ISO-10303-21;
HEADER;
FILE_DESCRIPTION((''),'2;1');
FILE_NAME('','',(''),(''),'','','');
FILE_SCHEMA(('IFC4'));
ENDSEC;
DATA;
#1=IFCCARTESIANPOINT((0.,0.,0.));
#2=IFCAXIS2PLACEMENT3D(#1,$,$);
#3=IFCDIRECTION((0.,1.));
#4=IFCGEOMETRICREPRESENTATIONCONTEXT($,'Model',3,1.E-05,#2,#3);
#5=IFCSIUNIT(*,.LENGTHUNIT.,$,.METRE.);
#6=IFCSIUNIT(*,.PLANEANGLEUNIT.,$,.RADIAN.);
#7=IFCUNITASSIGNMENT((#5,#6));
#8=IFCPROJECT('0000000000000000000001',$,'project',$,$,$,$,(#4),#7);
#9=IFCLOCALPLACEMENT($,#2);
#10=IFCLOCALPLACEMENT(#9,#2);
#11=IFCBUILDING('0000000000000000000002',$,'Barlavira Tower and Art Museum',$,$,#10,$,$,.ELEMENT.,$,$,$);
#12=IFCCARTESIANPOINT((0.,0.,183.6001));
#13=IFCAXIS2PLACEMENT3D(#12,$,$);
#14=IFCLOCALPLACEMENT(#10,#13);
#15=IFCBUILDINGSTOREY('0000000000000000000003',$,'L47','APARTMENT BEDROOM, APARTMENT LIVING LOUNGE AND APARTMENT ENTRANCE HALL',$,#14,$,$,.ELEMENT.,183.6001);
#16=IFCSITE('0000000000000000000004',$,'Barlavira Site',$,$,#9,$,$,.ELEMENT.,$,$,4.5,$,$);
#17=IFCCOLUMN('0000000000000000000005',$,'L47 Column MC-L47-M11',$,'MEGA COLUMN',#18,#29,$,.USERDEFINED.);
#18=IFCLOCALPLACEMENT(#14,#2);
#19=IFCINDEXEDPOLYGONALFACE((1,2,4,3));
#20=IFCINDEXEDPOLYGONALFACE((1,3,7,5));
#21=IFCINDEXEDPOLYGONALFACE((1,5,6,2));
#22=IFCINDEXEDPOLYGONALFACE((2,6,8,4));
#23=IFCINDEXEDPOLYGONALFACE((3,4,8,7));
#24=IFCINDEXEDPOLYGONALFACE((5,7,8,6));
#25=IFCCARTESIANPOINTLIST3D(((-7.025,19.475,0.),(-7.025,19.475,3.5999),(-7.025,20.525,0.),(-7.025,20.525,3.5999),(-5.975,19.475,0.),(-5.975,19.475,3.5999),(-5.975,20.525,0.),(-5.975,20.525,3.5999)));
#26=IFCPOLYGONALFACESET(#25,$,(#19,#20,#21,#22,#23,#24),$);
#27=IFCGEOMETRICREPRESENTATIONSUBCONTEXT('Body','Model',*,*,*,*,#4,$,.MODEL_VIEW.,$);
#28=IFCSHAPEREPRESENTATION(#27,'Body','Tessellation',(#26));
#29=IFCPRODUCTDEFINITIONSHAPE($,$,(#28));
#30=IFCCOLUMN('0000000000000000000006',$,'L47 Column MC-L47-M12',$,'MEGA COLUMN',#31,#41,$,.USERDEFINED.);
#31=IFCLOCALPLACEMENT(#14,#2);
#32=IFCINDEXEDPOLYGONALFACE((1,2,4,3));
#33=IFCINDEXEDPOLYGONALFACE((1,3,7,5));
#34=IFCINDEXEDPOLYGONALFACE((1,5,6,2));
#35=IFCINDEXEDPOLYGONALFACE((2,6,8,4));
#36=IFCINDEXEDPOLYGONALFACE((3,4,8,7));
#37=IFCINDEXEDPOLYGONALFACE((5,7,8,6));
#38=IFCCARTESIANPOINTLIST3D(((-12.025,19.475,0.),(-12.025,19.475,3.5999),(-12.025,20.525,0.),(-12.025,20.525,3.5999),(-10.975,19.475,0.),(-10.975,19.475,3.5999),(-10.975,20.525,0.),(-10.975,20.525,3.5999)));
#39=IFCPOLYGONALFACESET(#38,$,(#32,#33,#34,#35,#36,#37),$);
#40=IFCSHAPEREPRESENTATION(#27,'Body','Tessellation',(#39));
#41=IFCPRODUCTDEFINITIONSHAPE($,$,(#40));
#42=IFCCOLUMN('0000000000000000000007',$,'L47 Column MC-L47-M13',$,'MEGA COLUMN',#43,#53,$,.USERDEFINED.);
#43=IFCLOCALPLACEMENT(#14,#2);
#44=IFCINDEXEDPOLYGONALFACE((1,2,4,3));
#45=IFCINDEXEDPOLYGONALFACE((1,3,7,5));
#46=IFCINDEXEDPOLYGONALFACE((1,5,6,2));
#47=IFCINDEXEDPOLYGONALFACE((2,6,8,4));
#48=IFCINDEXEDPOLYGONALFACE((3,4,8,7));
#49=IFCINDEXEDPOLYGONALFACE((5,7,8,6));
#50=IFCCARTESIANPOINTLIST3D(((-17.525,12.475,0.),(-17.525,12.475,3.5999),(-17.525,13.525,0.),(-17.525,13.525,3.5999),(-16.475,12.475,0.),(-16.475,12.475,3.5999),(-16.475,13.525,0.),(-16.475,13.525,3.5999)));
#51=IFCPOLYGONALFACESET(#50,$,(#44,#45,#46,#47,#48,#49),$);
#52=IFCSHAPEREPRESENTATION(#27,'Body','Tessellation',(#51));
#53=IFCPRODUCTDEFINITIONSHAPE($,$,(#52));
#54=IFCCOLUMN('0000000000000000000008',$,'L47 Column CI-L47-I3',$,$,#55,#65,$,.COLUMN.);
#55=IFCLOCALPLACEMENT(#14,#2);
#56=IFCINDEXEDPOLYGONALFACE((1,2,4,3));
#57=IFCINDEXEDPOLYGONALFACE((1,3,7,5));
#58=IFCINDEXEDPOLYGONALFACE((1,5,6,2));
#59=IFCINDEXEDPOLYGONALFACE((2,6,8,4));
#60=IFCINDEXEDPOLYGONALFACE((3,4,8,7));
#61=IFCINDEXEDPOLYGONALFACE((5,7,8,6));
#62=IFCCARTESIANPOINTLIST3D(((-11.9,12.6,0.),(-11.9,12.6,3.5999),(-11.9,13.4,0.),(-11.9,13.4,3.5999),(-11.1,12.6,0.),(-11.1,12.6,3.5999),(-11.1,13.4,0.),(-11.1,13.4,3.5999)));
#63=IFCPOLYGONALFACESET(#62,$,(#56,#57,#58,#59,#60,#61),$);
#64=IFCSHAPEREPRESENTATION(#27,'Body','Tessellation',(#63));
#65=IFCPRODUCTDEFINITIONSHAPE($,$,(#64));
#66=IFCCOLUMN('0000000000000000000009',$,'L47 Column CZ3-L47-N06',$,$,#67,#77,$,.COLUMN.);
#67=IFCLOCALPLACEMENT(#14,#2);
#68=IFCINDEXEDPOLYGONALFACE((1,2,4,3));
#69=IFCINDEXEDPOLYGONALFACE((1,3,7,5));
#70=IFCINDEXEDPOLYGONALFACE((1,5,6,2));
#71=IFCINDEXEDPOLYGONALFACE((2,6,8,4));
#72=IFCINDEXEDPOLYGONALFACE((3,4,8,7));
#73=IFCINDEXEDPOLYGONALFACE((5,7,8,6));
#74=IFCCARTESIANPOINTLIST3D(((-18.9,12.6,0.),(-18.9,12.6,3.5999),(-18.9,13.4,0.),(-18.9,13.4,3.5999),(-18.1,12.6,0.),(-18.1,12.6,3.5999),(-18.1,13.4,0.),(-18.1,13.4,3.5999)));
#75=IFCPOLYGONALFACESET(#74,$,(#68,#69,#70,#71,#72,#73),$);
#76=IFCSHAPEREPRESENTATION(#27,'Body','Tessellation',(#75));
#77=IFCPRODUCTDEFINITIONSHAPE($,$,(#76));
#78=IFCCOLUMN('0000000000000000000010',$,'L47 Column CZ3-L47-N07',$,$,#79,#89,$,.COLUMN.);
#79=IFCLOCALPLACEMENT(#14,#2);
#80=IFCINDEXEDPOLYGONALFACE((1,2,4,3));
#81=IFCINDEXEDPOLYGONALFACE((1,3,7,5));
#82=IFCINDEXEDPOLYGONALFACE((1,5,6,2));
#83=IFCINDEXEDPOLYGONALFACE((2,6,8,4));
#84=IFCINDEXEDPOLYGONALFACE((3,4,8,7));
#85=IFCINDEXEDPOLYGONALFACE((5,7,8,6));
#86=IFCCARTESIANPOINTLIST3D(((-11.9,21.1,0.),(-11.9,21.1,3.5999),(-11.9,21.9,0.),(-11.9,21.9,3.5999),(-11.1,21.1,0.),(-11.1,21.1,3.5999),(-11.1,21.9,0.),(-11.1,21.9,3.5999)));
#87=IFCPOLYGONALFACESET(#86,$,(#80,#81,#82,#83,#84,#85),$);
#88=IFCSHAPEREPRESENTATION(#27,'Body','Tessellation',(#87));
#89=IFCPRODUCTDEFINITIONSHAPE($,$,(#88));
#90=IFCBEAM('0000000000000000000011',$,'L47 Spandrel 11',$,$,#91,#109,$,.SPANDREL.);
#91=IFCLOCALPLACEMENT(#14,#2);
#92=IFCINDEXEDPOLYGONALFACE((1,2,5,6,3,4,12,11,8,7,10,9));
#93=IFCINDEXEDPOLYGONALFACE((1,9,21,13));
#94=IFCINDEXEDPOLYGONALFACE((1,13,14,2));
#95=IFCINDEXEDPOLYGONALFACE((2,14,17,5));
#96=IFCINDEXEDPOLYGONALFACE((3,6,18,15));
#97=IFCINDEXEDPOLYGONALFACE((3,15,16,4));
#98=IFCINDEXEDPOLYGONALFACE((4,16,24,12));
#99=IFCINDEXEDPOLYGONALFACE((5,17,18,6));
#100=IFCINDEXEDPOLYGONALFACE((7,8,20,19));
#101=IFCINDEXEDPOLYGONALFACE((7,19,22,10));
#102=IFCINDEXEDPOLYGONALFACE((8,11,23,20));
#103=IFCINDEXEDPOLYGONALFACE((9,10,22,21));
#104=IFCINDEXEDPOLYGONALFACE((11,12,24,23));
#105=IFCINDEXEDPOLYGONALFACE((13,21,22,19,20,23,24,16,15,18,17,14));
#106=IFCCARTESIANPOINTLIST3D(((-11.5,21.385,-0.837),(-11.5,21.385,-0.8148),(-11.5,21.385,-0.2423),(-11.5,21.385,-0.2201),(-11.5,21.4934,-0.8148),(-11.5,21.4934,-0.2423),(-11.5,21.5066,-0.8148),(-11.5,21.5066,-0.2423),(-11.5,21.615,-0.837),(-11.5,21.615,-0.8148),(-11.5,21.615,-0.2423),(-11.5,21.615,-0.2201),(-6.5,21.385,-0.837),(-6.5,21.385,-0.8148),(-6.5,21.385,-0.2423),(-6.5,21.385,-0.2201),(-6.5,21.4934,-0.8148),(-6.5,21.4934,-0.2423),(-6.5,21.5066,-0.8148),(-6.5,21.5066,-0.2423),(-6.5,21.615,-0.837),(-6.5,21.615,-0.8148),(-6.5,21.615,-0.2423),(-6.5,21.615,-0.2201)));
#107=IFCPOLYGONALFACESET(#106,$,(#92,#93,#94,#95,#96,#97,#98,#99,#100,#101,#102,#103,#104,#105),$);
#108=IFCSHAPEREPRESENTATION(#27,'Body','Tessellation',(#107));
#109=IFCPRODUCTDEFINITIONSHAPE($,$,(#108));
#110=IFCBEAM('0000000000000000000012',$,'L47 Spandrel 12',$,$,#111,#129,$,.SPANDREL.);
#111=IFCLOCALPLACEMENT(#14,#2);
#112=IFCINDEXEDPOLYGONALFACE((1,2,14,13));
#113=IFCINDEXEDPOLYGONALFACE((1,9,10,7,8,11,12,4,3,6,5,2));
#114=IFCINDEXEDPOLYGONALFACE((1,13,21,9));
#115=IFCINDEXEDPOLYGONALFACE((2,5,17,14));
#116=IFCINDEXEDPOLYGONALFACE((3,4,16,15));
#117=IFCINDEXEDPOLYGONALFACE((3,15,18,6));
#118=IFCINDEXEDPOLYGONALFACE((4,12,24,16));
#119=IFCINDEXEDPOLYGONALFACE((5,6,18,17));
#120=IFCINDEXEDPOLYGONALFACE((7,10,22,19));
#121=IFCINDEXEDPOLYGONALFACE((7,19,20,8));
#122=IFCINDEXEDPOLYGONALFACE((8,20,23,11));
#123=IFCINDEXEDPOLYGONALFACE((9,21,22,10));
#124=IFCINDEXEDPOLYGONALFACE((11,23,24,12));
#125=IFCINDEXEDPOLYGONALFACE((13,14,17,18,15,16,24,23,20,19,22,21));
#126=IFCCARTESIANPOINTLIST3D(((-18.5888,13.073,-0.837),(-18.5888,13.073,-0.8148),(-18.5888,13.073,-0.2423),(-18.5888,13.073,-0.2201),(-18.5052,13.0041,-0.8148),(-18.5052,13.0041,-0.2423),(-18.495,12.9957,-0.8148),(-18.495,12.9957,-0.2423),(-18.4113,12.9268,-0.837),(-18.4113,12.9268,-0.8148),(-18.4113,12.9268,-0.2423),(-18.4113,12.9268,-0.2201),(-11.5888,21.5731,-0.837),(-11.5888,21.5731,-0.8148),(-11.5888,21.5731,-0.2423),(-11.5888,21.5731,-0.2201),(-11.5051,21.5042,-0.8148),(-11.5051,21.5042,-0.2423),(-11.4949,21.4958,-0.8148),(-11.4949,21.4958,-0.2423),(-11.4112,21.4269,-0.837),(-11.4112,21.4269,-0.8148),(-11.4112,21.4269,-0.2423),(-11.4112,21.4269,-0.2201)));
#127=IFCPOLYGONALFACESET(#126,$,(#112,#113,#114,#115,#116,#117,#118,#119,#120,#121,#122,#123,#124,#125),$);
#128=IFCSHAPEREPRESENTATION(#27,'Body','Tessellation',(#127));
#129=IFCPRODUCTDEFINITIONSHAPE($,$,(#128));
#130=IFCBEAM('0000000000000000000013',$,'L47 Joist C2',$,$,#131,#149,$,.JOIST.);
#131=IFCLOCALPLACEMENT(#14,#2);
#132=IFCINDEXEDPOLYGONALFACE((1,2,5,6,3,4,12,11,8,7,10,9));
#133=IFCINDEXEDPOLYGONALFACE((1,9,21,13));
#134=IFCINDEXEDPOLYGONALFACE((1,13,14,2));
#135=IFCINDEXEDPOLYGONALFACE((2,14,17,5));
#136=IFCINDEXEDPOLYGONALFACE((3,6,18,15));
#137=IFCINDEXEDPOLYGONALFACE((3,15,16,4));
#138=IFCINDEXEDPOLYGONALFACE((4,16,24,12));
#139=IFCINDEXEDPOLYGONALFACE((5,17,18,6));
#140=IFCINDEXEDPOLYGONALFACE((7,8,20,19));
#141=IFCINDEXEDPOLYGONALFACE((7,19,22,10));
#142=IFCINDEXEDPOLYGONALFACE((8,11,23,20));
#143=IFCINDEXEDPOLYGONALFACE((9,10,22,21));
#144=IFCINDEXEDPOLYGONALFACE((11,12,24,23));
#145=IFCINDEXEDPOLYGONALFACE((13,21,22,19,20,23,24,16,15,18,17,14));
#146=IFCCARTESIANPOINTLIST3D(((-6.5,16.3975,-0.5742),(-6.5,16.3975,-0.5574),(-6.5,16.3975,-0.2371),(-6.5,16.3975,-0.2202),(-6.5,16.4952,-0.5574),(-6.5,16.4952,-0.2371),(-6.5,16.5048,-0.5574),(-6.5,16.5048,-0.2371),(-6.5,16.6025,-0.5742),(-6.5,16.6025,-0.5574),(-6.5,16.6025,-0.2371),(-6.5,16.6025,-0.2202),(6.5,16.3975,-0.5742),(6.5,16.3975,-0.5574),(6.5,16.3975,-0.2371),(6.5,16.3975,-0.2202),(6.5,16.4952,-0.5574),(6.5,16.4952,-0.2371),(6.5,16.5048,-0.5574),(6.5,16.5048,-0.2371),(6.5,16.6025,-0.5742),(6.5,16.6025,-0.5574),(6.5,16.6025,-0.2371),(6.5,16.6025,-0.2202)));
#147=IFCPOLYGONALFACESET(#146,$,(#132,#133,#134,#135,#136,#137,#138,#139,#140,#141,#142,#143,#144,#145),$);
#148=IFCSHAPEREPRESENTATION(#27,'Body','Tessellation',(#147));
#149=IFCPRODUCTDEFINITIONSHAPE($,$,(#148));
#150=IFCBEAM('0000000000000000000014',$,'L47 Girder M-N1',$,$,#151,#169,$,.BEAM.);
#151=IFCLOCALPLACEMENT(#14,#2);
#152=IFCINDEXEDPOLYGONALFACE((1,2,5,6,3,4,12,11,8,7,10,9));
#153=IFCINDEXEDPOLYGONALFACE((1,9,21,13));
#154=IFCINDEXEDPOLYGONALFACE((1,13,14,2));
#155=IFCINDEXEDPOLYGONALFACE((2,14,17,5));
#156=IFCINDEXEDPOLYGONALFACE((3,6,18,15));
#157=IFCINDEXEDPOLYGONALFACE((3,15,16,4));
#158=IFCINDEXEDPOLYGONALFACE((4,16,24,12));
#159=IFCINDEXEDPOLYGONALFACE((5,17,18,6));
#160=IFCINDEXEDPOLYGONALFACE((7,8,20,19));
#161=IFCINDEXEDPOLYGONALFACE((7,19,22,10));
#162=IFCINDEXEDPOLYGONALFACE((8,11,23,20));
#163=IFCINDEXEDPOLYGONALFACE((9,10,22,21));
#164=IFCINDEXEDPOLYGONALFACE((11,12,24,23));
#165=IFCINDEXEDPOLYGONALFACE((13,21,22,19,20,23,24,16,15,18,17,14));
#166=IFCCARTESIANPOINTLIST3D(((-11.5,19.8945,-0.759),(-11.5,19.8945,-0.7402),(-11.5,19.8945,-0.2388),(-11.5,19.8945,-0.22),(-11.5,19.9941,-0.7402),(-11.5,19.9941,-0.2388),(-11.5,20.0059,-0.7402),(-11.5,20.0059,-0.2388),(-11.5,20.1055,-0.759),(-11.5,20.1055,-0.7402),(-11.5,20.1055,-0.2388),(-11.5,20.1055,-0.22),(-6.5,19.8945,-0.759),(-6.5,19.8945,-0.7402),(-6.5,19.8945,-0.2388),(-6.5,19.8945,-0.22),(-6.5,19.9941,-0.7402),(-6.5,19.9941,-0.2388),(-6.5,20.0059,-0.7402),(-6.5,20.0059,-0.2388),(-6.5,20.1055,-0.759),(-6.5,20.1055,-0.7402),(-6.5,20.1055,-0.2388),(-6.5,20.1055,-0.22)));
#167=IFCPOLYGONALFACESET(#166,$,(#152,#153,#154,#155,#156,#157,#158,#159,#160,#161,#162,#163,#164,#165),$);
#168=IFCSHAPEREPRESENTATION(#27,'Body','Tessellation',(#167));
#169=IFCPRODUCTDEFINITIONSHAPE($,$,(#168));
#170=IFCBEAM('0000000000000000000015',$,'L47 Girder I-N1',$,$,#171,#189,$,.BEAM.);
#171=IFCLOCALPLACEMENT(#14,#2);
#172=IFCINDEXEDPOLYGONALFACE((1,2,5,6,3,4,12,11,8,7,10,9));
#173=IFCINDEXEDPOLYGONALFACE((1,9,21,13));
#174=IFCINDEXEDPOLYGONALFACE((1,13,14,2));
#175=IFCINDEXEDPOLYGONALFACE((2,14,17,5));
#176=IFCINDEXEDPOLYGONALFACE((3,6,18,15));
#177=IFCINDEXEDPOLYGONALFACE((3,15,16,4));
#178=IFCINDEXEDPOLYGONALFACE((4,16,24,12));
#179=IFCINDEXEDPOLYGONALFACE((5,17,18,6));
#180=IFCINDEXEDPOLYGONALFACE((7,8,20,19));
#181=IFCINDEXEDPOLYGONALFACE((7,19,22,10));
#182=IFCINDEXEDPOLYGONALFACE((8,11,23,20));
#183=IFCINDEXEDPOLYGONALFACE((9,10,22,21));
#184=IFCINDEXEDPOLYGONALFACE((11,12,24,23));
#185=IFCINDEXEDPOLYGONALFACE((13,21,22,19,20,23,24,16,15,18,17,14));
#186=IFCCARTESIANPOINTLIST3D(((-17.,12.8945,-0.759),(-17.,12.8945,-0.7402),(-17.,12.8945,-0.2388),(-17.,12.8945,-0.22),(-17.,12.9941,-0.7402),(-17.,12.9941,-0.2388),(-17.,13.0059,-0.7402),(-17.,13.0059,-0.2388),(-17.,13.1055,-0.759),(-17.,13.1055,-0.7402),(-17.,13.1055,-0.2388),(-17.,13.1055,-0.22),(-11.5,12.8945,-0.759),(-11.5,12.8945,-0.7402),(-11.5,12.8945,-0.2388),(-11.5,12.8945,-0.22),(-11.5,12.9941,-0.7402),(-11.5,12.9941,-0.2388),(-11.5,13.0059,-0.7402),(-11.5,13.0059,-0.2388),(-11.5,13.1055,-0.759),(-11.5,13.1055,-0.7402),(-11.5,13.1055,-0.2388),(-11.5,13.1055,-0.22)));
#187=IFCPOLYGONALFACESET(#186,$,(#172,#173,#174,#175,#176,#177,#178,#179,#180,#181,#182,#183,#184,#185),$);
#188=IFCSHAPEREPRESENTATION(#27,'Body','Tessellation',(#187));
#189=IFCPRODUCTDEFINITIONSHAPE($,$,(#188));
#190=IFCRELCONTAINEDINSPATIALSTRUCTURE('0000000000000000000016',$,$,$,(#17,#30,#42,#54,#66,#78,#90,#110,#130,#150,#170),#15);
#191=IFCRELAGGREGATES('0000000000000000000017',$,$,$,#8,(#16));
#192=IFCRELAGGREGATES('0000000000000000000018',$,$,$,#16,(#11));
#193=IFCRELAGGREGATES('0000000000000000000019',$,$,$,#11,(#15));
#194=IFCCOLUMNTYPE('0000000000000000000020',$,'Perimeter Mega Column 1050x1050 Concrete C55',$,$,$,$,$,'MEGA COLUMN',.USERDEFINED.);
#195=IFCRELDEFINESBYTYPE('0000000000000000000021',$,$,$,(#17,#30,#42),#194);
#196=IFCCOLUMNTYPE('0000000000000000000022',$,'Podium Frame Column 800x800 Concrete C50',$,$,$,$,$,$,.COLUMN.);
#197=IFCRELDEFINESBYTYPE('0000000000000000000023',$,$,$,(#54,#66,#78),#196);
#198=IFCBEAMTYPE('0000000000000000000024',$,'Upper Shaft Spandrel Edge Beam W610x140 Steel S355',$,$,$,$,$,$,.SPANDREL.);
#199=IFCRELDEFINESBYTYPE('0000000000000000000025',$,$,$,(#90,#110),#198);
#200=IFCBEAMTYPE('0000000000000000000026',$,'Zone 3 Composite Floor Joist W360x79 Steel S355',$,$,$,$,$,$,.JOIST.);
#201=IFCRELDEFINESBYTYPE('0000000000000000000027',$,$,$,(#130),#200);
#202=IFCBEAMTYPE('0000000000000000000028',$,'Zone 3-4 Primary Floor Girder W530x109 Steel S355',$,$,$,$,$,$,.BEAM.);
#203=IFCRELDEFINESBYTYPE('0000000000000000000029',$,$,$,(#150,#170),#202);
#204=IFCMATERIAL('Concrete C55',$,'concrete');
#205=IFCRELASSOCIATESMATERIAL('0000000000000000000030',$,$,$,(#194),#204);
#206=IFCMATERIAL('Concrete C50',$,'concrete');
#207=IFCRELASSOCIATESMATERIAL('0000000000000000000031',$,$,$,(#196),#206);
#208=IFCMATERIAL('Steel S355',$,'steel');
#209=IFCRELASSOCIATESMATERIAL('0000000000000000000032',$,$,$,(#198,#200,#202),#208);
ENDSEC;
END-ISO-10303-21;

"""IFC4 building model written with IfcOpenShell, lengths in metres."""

from ifc_helpers import new_model, si_unit, direction, frame, origin, origin_2d, place, context, subcontext, project, spatial, rectangle, i_section, extrude, material, material_profile, profile_set, type_object, element, save


model = new_model("IFC4")

# Units and contexts
model_context = context("Model", 3, precision=1e-05, world=origin(), true_north=direction((0.0, 1.0)))
body_context = subcontext(model_context, "Body", "Model", "MODEL_VIEW")
ifc_project = project(units=[si_unit("LENGTHUNIT", "METRE"), si_unit("PLANEANGLEUNIT", "RADIAN")], contexts=[model_context])

# Site, building, storey
site_placement = place(None, origin())
site = spatial("IfcSite", under=ifc_project, at=site_placement, Name="Barlavira Site", CompositionType="ELEMENT", RefElevation=4.5)
building_placement = place(site_placement, origin())
building = spatial("IfcBuilding", under=site, at=building_placement, Name="Barlavira Tower and Art Museum", CompositionType="ELEMENT")
storey_placement = place(building_placement, frame((0.0, 0.0, 183.6001)))
storey = spatial("IfcBuildingStorey", under=building, at=storey_placement, Name="L47", Description="APARTMENT BEDROOM, APARTMENT LIVING LOUNGE AND APARTMENT ENTRANCE HALL", CompositionType="ELEMENT", Elevation=183.6001)

# Columns
ifc_material_1 = material(Name="Concrete C55", Category="concrete")
ifc_material_profile_1 = material_profile(ifc_material_1, rectangle(XDim=1.05, YDim=1.05, at=origin_2d()), Name="RC-COL 1050x1050")
ifc_profile_set_1 = profile_set([ifc_material_profile_1], Name="Concrete C55")
column_type_1 = type_object("IfcColumnType", Name="Perimeter Mega Column 1050x1050 Concrete C55", ElementType="MEGA COLUMN", PredefinedType="USERDEFINED", material=ifc_profile_set_1)
for number, where, z_axis, x_axis, name in (
    (1, (-6.5, 20.0, 0.0), (0.0, 0.0, 1.0), (1.0, 0.0, 0.0), "L47 Column MC-L47-M11"),
    (2, (-11.5, 20.0, 0.0), (0.0, 0.0, 1.0), (1.0, 0.0, 0.0), "L47 Column MC-L47-M12"),
    (3, (-17.0, 13.0, 0.0), (0.0, 0.0, 1.0), (1.0, 0.0, 0.0), "L47 Column MC-L47-M13"),
):
    element("IfcColumn", number, at=place(storey_placement, frame(where, z_axis=z_axis, x_axis=x_axis)), inside=storey, type_object=column_type_1, Name=name, ObjectType="MEGA COLUMN", PredefinedType="USERDEFINED", context=body_context, shape_type="SweptSolid", body=[
        extrude(rectangle(XDim=1.05, YDim=1.05, at=origin_2d()), origin(), (0.0, 0.0, 1.0), 3.5999),
    ])
ifc_material_2 = material(Name="Concrete C50", Category="concrete")
ifc_material_profile_2 = material_profile(ifc_material_2, rectangle(XDim=0.8, YDim=0.8, at=origin_2d()), Name="RC-COL 800x800")
ifc_profile_set_2 = profile_set([ifc_material_profile_2], Name="Concrete C50")
column_type_2 = type_object("IfcColumnType", Name="Podium Frame Column 800x800 Concrete C50", PredefinedType="COLUMN", material=ifc_profile_set_2)
for number, where, z_axis, x_axis, name in (
    (4, (-11.5, 13.0, 0.0), (0.0, 0.0, 1.0), (1.0, 0.0, 0.0), "L47 Column CI-L47-I3"),
    (5, (-18.5, 13.0, 0.0), (0.0, 0.0, 1.0), (1.0, 0.0, 0.0), "L47 Column CZ3-L47-N06"),
    (6, (-11.5, 21.5, 0.0), (0.0, 0.0, 1.0), (1.0, 0.0, 0.0), "L47 Column CZ3-L47-N07"),
):
    element("IfcColumn", number, at=place(storey_placement, frame(where, z_axis=z_axis, x_axis=x_axis)), inside=storey, type_object=column_type_2, Name=name, PredefinedType="COLUMN", context=body_context, shape_type="SweptSolid", body=[
        extrude(rectangle(XDim=0.8, YDim=0.8, at=origin_2d()), origin(), (0.0, 0.0, 1.0), 3.5999),
    ])

# Beams
ifc_material_3 = material(Name="Steel S355", Category="steel")
ifc_material_profile_3 = material_profile(ifc_material_3, i_section(OverallWidth=0.23, OverallDepth=0.6169, WebThickness=0.0132, FlangeThickness=0.0222, at=origin_2d()), Name="W610x140.0")
ifc_profile_set_3 = profile_set([ifc_material_profile_3], Name="Steel S355")
beam_type_1 = type_object("IfcBeamType", Name="Upper Shaft Spandrel Edge Beam W610x140 Steel S355", PredefinedType="SPANDREL", material=ifc_profile_set_3)
beam_1_placement = place(storey_placement, frame((-11.5, 21.5, -0.5286), z_axis=(1.0, 0.0, 0.0), x_axis=(0.0, 1.0, 0.0)))
element("IfcBeam", 7, at=beam_1_placement, inside=storey, type_object=beam_type_1, Name="L47 Spandrel 11", PredefinedType="SPANDREL", context=body_context, shape_type="SweptSolid", body=[
    extrude(i_section(OverallWidth=0.23, OverallDepth=0.6169, WebThickness=0.0132, FlangeThickness=0.0222, at=origin_2d()), origin(), (0.0, 0.0, 1.0), 5.0),
])
beam_2_placement = place(storey_placement, frame((-11.5, 21.5, -0.5286), z_axis=(-0.635707, -0.77193, 0.0), x_axis=(0.77193, -0.635707, 0.0)))
element("IfcBeam", 8, at=beam_2_placement, inside=storey, type_object=beam_type_1, Name="L47 Spandrel 12", PredefinedType="SPANDREL", context=body_context, shape_type="SweptSolid", body=[
    extrude(i_section(OverallWidth=0.23, OverallDepth=0.6169, WebThickness=0.0132, FlangeThickness=0.0222, at=origin_2d()), origin(), (0.0, 0.0, 1.0), 11.0115),
])
ifc_material_profile_4 = material_profile(ifc_material_3, i_section(OverallWidth=0.2051, OverallDepth=0.354, WebThickness=0.0095, FlangeThickness=0.0168, at=origin_2d()), Name="W360x79.0")
ifc_profile_set_4 = profile_set([ifc_material_profile_4], Name="Steel S355")
beam_type_2 = type_object("IfcBeamType", Name="Zone 3 Composite Floor Joist W360x79 Steel S355", PredefinedType="JOIST", material=ifc_profile_set_4)
beam_3_placement = place(storey_placement, frame((-6.5, 16.5, -0.3972), z_axis=(1.0, 0.0, 0.0), x_axis=(0.0, 1.0, 0.0)))
element("IfcBeam", 9, at=beam_3_placement, inside=storey, type_object=beam_type_2, Name="L47 Joist C2", PredefinedType="JOIST", context=body_context, shape_type="SweptSolid", body=[
    extrude(i_section(OverallWidth=0.2051, OverallDepth=0.354, WebThickness=0.0095, FlangeThickness=0.0168, at=origin_2d()), origin(), (0.0, 0.0, 1.0), 13.0),
])
ifc_material_profile_5 = material_profile(ifc_material_3, i_section(OverallWidth=0.2109, OverallDepth=0.5391, WebThickness=0.0117, FlangeThickness=0.0188, at=origin_2d()), Name="W530x109.0")
ifc_profile_set_5 = profile_set([ifc_material_profile_5], Name="Steel S355")
beam_type_3 = type_object("IfcBeamType", Name="Zone 3-4 Primary Floor Girder W530x109 Steel S355", PredefinedType="BEAM", material=ifc_profile_set_5)
beam_4_placement = place(storey_placement, frame((-11.5, 20.0, -0.4895), z_axis=(1.0, 0.0, 0.0), x_axis=(0.0, 1.0, 0.0)))
element("IfcBeam", 10, at=beam_4_placement, inside=storey, type_object=beam_type_3, Name="L47 Girder M-N1", PredefinedType="BEAM", context=body_context, shape_type="SweptSolid", body=[
    extrude(i_section(OverallWidth=0.2109, OverallDepth=0.5391, WebThickness=0.0117, FlangeThickness=0.0188, at=origin_2d()), origin(), (0.0, 0.0, 1.0), 5.0),
])
beam_5_placement = place(storey_placement, frame((-17.0, 13.0, -0.4895), z_axis=(1.0, 0.0, 0.0), x_axis=(0.0, 1.0, 0.0)))
element("IfcBeam", 11, at=beam_5_placement, inside=storey, type_object=beam_type_3, Name="L47 Girder I-N1", PredefinedType="BEAM", context=body_context, shape_type="SweptSolid", body=[
    extrude(i_section(OverallWidth=0.2109, OverallDepth=0.5391, WebThickness=0.0117, FlangeThickness=0.0188, at=origin_2d()), origin(), (0.0, 0.0, 1.0), 5.5),
])

save(model, "model.ifc")
